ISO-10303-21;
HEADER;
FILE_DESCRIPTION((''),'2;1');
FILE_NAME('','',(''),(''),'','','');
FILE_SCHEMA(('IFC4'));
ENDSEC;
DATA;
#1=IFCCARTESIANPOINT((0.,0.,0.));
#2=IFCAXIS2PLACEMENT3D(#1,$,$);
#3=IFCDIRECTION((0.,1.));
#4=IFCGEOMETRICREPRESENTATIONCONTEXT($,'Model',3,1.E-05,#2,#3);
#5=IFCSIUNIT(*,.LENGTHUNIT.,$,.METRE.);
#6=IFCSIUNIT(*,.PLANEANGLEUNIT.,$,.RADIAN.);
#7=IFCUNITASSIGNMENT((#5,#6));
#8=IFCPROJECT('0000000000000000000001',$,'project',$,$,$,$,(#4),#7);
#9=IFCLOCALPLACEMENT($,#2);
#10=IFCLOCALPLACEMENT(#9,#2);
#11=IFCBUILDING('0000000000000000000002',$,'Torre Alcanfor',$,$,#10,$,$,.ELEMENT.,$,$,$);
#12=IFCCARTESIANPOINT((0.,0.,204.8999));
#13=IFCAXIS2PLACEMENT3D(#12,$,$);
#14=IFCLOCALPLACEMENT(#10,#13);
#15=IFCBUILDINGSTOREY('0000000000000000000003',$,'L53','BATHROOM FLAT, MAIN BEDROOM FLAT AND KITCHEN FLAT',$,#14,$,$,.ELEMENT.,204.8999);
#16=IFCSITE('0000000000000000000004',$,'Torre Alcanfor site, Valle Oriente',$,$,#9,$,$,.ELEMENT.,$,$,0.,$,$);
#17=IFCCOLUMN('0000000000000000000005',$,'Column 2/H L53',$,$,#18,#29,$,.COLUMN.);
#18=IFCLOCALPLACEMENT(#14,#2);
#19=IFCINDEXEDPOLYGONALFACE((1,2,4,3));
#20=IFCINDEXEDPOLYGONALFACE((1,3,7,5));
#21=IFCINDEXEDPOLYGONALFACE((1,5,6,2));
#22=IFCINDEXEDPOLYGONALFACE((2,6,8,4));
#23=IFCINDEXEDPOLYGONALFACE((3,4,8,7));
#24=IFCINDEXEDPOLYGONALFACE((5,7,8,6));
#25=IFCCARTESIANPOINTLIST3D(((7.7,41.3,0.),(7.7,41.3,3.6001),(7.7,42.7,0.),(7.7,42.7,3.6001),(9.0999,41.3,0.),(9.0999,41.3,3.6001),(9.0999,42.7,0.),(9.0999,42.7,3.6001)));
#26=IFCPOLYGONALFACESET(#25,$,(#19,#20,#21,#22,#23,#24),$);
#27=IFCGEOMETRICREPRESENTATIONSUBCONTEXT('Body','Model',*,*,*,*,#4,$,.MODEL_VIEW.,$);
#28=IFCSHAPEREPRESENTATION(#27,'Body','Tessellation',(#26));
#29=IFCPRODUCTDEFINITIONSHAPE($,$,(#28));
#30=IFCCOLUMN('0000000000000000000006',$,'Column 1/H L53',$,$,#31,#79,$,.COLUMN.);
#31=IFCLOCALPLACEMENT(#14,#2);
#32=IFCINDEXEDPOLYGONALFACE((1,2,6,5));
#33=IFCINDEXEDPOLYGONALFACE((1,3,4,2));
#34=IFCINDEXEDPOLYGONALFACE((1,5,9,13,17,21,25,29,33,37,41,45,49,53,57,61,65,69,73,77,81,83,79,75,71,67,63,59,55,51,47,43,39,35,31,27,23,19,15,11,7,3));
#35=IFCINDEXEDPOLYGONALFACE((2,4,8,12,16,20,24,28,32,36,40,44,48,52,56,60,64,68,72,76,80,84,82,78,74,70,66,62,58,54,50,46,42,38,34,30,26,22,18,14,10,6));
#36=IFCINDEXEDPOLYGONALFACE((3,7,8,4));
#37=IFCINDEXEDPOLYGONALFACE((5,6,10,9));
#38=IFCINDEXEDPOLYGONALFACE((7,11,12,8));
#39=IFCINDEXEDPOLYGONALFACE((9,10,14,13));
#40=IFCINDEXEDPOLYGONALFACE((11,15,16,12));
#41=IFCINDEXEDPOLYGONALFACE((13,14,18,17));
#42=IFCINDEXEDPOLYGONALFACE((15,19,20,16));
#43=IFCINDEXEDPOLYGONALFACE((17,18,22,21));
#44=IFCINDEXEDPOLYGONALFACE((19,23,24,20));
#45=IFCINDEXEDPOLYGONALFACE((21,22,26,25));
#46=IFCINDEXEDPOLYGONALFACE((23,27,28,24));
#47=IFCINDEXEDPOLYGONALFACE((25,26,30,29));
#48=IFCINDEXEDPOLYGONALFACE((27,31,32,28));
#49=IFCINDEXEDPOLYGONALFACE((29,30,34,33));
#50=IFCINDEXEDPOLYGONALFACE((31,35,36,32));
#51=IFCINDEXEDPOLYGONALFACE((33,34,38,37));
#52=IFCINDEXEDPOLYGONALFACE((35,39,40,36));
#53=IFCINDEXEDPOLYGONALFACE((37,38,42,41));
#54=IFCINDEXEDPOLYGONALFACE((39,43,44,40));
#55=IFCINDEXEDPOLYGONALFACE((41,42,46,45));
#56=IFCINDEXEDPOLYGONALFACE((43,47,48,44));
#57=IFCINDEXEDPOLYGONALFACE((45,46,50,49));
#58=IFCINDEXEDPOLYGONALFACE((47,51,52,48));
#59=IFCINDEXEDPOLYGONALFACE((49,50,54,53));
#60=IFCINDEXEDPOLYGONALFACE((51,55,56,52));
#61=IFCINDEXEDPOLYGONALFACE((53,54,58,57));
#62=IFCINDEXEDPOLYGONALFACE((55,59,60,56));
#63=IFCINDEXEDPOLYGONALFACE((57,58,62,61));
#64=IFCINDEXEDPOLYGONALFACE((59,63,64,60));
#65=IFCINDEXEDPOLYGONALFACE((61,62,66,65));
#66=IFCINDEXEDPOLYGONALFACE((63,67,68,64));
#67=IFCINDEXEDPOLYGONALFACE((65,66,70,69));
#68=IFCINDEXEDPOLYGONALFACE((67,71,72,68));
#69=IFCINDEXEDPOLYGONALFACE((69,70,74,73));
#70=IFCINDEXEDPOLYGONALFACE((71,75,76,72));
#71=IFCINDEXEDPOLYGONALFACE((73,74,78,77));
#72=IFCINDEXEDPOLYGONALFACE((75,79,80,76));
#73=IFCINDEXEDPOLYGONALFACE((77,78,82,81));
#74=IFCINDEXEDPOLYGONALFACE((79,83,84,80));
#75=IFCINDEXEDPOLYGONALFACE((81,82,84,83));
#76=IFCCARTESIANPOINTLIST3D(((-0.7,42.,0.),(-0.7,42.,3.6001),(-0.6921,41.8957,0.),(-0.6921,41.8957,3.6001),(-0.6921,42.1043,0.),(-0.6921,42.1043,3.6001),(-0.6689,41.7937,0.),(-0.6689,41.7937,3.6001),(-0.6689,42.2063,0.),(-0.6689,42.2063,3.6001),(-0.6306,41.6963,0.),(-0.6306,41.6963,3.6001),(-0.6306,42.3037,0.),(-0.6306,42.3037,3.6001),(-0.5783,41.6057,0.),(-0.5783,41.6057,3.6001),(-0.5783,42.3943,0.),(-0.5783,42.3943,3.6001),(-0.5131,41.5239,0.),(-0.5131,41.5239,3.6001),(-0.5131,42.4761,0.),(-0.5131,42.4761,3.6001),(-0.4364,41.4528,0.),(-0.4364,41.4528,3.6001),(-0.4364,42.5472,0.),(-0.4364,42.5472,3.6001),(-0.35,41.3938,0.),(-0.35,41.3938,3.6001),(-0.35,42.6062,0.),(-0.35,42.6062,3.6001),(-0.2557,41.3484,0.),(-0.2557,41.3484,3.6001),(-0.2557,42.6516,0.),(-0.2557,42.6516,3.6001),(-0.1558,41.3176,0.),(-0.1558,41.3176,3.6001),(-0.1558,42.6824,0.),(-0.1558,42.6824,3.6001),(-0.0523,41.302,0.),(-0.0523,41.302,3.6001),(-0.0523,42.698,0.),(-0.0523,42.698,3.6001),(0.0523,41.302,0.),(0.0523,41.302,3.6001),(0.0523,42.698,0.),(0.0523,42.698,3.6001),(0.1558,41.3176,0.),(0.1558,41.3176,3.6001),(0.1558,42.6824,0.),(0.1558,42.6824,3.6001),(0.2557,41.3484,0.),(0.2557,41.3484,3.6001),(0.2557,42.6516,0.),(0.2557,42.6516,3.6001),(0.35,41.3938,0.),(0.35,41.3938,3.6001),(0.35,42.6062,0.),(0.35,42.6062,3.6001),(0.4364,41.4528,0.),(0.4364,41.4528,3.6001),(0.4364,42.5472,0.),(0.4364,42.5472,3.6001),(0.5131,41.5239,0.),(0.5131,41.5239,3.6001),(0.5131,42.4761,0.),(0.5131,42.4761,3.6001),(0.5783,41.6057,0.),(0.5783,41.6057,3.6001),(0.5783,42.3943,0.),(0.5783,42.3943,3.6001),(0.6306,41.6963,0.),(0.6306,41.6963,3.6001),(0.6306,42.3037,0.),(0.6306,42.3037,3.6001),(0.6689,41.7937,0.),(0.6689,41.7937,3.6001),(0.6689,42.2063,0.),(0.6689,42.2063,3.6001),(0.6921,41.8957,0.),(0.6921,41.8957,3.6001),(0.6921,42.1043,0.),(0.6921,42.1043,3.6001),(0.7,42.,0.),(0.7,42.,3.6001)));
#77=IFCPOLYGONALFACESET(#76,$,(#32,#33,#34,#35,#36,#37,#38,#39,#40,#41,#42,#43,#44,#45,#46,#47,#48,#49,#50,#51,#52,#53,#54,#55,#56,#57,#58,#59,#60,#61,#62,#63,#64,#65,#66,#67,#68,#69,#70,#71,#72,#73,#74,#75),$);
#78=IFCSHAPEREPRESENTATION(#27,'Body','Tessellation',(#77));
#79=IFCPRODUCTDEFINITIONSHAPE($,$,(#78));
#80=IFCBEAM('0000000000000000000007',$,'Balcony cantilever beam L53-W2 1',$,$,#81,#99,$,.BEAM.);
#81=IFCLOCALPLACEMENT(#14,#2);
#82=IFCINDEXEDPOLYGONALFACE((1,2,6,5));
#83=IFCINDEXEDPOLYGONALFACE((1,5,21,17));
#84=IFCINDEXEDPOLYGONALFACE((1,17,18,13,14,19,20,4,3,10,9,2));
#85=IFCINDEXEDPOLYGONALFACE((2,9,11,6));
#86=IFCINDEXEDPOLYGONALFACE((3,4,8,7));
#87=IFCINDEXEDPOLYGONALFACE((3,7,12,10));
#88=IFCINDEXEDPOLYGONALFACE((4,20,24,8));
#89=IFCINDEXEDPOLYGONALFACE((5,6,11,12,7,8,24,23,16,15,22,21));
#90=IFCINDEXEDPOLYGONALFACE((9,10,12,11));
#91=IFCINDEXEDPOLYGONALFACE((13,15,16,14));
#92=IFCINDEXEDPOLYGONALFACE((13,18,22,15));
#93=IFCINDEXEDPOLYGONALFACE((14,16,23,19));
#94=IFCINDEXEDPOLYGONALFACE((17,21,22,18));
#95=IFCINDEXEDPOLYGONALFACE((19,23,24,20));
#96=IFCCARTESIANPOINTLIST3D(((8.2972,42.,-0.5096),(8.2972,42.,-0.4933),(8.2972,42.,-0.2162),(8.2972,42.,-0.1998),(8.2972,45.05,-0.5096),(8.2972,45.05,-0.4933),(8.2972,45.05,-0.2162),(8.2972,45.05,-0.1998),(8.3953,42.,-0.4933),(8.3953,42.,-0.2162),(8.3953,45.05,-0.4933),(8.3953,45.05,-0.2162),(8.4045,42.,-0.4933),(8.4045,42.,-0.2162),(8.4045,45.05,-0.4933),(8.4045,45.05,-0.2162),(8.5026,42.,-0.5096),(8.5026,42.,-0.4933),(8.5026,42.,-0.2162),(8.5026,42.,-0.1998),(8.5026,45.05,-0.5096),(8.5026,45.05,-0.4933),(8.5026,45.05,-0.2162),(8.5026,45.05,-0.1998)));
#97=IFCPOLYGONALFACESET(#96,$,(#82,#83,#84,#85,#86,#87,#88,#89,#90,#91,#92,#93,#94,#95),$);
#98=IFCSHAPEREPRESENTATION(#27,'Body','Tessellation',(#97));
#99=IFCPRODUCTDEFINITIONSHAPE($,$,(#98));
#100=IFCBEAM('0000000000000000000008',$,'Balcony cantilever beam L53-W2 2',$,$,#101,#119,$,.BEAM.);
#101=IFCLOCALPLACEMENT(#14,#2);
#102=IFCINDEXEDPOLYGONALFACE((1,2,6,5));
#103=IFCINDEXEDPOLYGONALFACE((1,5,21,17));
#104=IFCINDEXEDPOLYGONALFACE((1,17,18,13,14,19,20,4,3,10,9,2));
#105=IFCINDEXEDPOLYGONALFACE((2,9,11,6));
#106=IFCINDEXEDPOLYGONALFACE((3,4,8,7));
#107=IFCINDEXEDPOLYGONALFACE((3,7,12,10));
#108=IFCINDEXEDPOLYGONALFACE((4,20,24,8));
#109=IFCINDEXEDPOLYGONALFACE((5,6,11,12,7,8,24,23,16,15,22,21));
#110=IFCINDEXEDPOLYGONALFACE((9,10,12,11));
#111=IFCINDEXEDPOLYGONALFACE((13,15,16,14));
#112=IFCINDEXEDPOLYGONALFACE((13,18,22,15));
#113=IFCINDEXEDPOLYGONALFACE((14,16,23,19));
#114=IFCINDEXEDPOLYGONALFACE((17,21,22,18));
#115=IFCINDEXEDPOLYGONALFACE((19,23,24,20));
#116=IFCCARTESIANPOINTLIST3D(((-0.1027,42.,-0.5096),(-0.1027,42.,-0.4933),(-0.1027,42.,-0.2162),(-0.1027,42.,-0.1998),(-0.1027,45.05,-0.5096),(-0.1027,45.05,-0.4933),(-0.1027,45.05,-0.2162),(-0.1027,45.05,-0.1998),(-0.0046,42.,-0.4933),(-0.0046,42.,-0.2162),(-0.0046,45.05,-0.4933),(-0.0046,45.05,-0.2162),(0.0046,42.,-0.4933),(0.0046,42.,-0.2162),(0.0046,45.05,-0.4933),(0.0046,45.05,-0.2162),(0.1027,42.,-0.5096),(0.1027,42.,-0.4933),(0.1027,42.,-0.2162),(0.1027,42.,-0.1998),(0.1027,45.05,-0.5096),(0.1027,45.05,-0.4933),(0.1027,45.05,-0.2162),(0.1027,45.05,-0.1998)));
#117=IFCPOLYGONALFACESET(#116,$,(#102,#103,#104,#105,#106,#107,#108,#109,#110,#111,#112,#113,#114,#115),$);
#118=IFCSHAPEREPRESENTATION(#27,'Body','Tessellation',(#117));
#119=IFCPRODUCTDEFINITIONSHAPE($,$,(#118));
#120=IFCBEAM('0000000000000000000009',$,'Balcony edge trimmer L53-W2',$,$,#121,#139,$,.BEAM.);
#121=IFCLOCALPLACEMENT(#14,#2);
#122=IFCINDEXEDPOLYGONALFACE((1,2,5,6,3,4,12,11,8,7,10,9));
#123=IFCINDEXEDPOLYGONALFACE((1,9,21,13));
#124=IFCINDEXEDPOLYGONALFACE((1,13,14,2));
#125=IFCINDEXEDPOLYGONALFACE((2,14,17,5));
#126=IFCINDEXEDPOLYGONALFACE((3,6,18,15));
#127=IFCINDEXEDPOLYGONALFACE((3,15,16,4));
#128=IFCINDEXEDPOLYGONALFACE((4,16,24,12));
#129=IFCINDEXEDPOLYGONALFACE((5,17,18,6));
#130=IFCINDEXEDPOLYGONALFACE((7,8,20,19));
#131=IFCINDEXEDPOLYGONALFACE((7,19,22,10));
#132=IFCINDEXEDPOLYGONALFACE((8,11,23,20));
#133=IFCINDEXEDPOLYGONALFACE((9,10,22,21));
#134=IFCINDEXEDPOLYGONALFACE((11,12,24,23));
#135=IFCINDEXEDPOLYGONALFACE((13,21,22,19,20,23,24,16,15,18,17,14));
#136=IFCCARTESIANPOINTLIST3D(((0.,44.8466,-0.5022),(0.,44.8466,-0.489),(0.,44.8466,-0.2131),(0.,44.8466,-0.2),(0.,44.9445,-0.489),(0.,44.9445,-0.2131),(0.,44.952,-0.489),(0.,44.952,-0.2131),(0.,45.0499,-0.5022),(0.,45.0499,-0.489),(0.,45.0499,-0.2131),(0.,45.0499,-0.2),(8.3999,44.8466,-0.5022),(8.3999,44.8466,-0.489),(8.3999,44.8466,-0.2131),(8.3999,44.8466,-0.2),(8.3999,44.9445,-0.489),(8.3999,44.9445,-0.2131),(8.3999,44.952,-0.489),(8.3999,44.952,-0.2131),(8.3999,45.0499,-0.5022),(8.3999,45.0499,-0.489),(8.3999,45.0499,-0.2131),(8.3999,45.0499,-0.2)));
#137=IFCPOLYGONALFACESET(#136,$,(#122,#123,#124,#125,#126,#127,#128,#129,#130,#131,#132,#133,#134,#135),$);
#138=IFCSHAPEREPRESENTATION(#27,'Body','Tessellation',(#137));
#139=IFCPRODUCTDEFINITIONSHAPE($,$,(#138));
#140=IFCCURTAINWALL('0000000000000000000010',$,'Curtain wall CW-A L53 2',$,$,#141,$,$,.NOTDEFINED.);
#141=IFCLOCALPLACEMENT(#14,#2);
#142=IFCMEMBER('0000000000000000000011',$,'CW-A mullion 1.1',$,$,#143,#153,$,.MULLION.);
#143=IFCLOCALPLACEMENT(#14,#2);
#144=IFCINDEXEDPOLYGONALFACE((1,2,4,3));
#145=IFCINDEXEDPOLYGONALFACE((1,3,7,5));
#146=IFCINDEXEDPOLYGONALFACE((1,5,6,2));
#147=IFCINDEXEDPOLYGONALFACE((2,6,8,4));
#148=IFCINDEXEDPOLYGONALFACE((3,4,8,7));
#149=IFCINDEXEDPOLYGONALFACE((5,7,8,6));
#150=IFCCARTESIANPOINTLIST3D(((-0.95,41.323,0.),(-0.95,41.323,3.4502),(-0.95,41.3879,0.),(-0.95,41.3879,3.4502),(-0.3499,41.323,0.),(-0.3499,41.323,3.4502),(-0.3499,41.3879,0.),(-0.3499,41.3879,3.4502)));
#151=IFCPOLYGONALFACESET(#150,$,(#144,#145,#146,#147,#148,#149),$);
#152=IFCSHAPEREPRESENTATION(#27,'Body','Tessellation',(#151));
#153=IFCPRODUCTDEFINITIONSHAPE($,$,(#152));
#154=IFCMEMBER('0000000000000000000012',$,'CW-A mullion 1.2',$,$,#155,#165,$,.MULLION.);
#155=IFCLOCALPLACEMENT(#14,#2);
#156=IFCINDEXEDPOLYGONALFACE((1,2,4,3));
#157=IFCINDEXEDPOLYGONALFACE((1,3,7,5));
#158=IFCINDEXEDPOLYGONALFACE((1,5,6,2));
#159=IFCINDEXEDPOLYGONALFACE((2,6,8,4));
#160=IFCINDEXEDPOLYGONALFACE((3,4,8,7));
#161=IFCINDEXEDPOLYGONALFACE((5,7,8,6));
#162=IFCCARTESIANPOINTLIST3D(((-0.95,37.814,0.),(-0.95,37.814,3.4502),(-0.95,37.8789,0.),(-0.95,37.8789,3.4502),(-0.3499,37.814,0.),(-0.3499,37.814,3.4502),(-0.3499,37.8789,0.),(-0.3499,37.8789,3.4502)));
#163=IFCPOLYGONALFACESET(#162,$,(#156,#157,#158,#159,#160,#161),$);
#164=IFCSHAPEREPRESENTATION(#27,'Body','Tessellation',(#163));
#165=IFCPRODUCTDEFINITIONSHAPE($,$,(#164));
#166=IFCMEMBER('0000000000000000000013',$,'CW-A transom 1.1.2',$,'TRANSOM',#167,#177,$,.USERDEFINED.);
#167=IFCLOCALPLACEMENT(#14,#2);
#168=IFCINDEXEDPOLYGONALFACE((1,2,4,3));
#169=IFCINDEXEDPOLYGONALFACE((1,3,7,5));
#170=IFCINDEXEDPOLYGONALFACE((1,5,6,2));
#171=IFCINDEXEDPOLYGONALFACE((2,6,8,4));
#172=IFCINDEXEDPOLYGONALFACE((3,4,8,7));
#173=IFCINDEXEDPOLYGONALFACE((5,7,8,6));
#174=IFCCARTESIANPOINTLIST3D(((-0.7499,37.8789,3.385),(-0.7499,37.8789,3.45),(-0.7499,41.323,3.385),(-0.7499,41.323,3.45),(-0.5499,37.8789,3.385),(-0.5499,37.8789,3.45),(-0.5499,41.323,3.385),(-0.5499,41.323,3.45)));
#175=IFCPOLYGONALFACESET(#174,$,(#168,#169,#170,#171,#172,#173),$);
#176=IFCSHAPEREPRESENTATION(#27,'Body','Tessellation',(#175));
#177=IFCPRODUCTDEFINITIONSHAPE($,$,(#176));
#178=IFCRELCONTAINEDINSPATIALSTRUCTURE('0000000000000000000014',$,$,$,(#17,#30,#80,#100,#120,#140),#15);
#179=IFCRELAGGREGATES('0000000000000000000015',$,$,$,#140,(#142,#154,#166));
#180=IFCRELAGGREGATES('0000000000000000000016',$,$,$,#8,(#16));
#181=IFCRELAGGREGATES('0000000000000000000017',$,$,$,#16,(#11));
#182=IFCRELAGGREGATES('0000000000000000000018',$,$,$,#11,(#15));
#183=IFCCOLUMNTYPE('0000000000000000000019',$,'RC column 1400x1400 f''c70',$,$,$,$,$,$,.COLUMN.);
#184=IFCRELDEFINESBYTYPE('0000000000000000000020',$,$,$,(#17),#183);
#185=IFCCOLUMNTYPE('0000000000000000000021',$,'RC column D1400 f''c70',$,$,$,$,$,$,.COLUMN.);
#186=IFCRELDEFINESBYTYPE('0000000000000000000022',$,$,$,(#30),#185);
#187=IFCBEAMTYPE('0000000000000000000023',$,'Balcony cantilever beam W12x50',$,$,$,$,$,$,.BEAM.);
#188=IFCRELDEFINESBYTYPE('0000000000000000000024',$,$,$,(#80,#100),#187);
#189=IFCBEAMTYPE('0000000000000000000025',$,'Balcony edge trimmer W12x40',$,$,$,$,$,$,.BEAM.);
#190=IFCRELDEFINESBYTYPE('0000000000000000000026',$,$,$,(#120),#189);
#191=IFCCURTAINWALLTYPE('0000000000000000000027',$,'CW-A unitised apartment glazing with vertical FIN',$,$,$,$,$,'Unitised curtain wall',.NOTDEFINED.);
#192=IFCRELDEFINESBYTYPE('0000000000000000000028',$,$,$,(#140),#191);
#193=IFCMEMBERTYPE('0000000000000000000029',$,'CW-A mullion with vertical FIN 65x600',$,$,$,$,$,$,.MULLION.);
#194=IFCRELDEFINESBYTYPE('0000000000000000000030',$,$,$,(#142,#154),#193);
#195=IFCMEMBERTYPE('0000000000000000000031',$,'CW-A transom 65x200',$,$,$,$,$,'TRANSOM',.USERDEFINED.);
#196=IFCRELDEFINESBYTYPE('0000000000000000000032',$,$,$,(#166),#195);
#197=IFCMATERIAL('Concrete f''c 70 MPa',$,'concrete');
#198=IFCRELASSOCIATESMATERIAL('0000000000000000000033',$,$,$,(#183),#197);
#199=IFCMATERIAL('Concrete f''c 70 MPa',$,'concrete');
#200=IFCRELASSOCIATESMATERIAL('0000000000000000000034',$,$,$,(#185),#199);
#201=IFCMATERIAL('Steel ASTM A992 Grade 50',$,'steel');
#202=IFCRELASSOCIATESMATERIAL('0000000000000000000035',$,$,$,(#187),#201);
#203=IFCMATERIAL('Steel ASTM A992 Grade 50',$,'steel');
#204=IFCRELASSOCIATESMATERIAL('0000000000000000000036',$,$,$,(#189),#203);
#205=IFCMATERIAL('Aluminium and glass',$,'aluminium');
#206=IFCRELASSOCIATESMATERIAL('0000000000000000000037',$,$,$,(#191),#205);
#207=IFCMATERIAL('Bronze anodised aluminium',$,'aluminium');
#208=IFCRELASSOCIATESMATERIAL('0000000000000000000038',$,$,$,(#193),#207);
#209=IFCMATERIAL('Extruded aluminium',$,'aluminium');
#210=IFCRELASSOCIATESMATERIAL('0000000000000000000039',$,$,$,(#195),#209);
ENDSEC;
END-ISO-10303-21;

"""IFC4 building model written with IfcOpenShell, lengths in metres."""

from ifc_helpers import new_model, si_unit, direction, frame, origin, origin_2d, place, context, subcontext, project, spatial, rectangle, circle, i_section, extrude, material, material_profile, profile_set, type_object, element, aggregate, save


model = new_model("IFC4")

# Units and contexts
model_context = context("Model", 3, precision=1e-05, world=origin(), true_north=direction((0.0, 1.0)))
body_context = subcontext(model_context, "Body", "Model", "MODEL_VIEW")
ifc_project = project(units=[si_unit("LENGTHUNIT", "METRE"), si_unit("PLANEANGLEUNIT", "RADIAN")], contexts=[model_context])

# Site, building, storey
site_placement = place(None, origin())
site = spatial("IfcSite", under=ifc_project, at=site_placement, Name="Torre Alcanfor site, Valle Oriente", CompositionType="ELEMENT", RefElevation=0.0)
building_placement = place(site_placement, origin())
building = spatial("IfcBuilding", under=site, at=building_placement, Name="Torre Alcanfor", CompositionType="ELEMENT")
storey_placement = place(building_placement, frame((0.0, 0.0, 204.8999)))
storey = spatial("IfcBuildingStorey", under=building, at=storey_placement, Name="L53", Description="BATHROOM FLAT, MAIN BEDROOM FLAT AND KITCHEN FLAT", CompositionType="ELEMENT", Elevation=204.8999)

# Columns
ifc_material_1 = material(Name="Concrete f'c 70 MPa", Category="concrete")
ifc_material_profile_1 = material_profile(ifc_material_1, rectangle(XDim=1.3999, YDim=1.3999, at=origin_2d()), Name="1400x1400")
ifc_profile_set_1 = profile_set([ifc_material_profile_1], Name="Concrete f'c 70 MPa")
column_type_1 = type_object("IfcColumnType", Name="RC column 1400x1400 f'c70", PredefinedType="COLUMN", material=ifc_profile_set_1)
column_1_placement = place(storey_placement, frame((8.3999, 42.0, 0.0), z_axis=(0.0, 0.0, 1.0), x_axis=(1.0, 0.0, 0.0)))
element("IfcColumn", 1, at=column_1_placement, inside=storey, type_object=column_type_1, Name="Column 2/H L53", PredefinedType="COLUMN", context=body_context, shape_type="SweptSolid", body=[
    extrude(rectangle(XDim=1.3999, YDim=1.3999, at=origin_2d()), origin(), (0.0, 0.0, 1.0), 3.6001),
])
ifc_material_2 = material(Name="Concrete f'c 70 MPa", Category="concrete")
ifc_material_profile_2 = material_profile(ifc_material_2, circle(Radius=0.7, at=origin_2d()), Name="D1400")
ifc_profile_set_2 = profile_set([ifc_material_profile_2], Name="Concrete f'c 70 MPa")
column_type_2 = type_object("IfcColumnType", Name="RC column D1400 f'c70", PredefinedType="COLUMN", material=ifc_profile_set_2)
column_2_placement = place(storey_placement, frame((0.0, 42.0, 0.0), z_axis=(0.0, 0.0, 1.0), x_axis=(1.0, 0.0, 0.0)))
element("IfcColumn", 2, at=column_2_placement, inside=storey, type_object=column_type_2, Name="Column 1/H L53", PredefinedType="COLUMN", context=body_context, shape_type="SweptSolid", body=[
    extrude(circle(Radius=0.7, at=origin_2d()), origin(), (0.0, 0.0, 1.0), 3.6001),
])

# Beams
ifc_material_3 = material(Name="Steel ASTM A992 Grade 50", Category="steel")
ifc_material_profile_3 = material_profile(ifc_material_3, i_section(OverallWidth=0.2053, OverallDepth=0.3098, WebThickness=0.0093, FlangeThickness=0.0164, at=origin_2d()), Name="W12x50")
ifc_profile_set_3 = profile_set([ifc_material_profile_3], Name="Steel ASTM A992 Grade 50")
beam_type_1 = type_object("IfcBeamType", Name="Balcony cantilever beam W12x50", PredefinedType="BEAM", material=ifc_profile_set_3)
for number, where, z_axis, x_axis, name in (
    (3, (8.3999, 42.0, -0.3547), (0.0, 1.0, 0.0), (-1.0, 0.0, 0.0), "Balcony cantilever beam L53-W2 1"),
    (4, (0.0, 42.0, -0.3547), (0.0, 1.0, 0.0), (-1.0, 0.0, 0.0), "Balcony cantilever beam L53-W2 2"),
):
    element("IfcBeam", number, at=place(storey_placement, frame(where, z_axis=z_axis, x_axis=x_axis)), inside=storey, type_object=beam_type_1, Name=name, PredefinedType="BEAM", context=body_context, shape_type="SweptSolid", body=[
        extrude(i_section(OverallWidth=0.2053, OverallDepth=0.3098, WebThickness=0.0093, FlangeThickness=0.0164, at=origin_2d()), origin(), (0.0, 0.0, 1.0), 3.05),
    ])
ifc_material_4 = material(Name="Steel ASTM A992 Grade 50", Category="steel")
ifc_material_profile_4 = material_profile(ifc_material_4, i_section(OverallWidth=0.2034, OverallDepth=0.3022, WebThickness=0.0076, FlangeThickness=0.0132, at=origin_2d()), Name="W12x40")
ifc_profile_set_4 = profile_set([ifc_material_profile_4], Name="Steel ASTM A992 Grade 50")
beam_type_2 = type_object("IfcBeamType", Name="Balcony edge trimmer W12x40", PredefinedType="BEAM", material=ifc_profile_set_4)
beam_1_placement = place(storey_placement, frame((8.3999, 44.9482, -0.3511), z_axis=(-1.0, 0.0, 0.0), x_axis=(0.0, -1.0, 0.0)))
element("IfcBeam", 5, at=beam_1_placement, inside=storey, type_object=beam_type_2, Name="Balcony edge trimmer L53-W2", PredefinedType="BEAM", context=body_context, shape_type="SweptSolid", body=[
    extrude(i_section(OverallWidth=0.2034, OverallDepth=0.3022, WebThickness=0.0076, FlangeThickness=0.0132, at=origin_2d()), origin(), (0.0, 0.0, 1.0), 8.3999),
])

# Curtain wall, members
ifc_material_5 = material(Name="Aluminium and glass", Category="aluminium")
curtain_wall_type = type_object("IfcCurtainWallType", Name="CW-A unitised apartment glazing with vertical FIN", ElementType="Unitised curtain wall", PredefinedType="NOTDEFINED", material=ifc_material_5)
curtain_wall_placement = place(storey_placement, origin())
curtain_wall = element("IfcCurtainWall", 6, at=curtain_wall_placement, inside=storey, type_object=curtain_wall_type, Name="Curtain wall CW-A L53 2", PredefinedType="NOTDEFINED")
ifc_material_6 = material(Name="Bronze anodised aluminium", Category="aluminium")
ifc_material_profile_5 = material_profile(ifc_material_6, rectangle(XDim=0.6001, YDim=0.0649, at=origin_2d()), Name="CW-A mullion 65x600")
ifc_profile_set_5 = profile_set([ifc_material_profile_5], Name="Bronze anodised aluminium")
member_type_1 = type_object("IfcMemberType", Name="CW-A mullion with vertical FIN 65x600", PredefinedType="MULLION", material=ifc_profile_set_5)
member_1_placement = place(storey_placement, frame((-0.6499, 41.3555, 0.0), z_axis=(0.0, 0.0, 1.0), x_axis=(1.0, 0.0, 0.0)))
member_1 = element("IfcMember", 7, at=member_1_placement, type_object=member_type_1, Name="CW-A mullion 1.1", PredefinedType="MULLION", context=body_context, shape_type="SweptSolid", body=[
    extrude(rectangle(XDim=0.6001, YDim=0.0649, at=origin_2d()), origin(), (0.0, 0.0, 1.0), 3.4502),
])
member_2_placement = place(storey_placement, frame((-0.6499, 37.8464, 0.0), z_axis=(0.0, 0.0, 1.0), x_axis=(1.0, 0.0, 0.0)))
member_2 = element("IfcMember", 8, at=member_2_placement, type_object=member_type_1, Name="CW-A mullion 1.2", PredefinedType="MULLION", context=body_context, shape_type="SweptSolid", body=[
    extrude(rectangle(XDim=0.6001, YDim=0.0649, at=origin_2d()), origin(), (0.0, 0.0, 1.0), 3.4502),
])
ifc_material_7 = material(Name="Extruded aluminium", Category="aluminium")
ifc_material_profile_6 = material_profile(ifc_material_7, rectangle(XDim=0.2, YDim=0.0649, at=origin_2d()), Name="CW-A transom 200x65")
ifc_profile_set_6 = profile_set([ifc_material_profile_6], Name="Extruded aluminium")
member_type_2 = type_object("IfcMemberType", Name="CW-A transom 65x200", ElementType="TRANSOM", PredefinedType="USERDEFINED", material=ifc_profile_set_6)
member_3_placement = place(storey_placement, frame((-0.6499, 41.323, 3.4175), z_axis=(0.0, -1.0, 0.0), x_axis=(1.0, 0.0, 0.0)))
member_3 = element("IfcMember", 9, at=member_3_placement, type_object=member_type_2, Name="CW-A transom 1.1.2", ObjectType="TRANSOM", PredefinedType="USERDEFINED", context=body_context, shape_type="SweptSolid", body=[
    extrude(rectangle(XDim=0.2, YDim=0.0649, at=origin_2d()), origin(), (0.0, 0.0, 1.0), 3.4441),
])

aggregate(curtain_wall, [member_1, member_2, member_3])

save(model, "model.ifc")
